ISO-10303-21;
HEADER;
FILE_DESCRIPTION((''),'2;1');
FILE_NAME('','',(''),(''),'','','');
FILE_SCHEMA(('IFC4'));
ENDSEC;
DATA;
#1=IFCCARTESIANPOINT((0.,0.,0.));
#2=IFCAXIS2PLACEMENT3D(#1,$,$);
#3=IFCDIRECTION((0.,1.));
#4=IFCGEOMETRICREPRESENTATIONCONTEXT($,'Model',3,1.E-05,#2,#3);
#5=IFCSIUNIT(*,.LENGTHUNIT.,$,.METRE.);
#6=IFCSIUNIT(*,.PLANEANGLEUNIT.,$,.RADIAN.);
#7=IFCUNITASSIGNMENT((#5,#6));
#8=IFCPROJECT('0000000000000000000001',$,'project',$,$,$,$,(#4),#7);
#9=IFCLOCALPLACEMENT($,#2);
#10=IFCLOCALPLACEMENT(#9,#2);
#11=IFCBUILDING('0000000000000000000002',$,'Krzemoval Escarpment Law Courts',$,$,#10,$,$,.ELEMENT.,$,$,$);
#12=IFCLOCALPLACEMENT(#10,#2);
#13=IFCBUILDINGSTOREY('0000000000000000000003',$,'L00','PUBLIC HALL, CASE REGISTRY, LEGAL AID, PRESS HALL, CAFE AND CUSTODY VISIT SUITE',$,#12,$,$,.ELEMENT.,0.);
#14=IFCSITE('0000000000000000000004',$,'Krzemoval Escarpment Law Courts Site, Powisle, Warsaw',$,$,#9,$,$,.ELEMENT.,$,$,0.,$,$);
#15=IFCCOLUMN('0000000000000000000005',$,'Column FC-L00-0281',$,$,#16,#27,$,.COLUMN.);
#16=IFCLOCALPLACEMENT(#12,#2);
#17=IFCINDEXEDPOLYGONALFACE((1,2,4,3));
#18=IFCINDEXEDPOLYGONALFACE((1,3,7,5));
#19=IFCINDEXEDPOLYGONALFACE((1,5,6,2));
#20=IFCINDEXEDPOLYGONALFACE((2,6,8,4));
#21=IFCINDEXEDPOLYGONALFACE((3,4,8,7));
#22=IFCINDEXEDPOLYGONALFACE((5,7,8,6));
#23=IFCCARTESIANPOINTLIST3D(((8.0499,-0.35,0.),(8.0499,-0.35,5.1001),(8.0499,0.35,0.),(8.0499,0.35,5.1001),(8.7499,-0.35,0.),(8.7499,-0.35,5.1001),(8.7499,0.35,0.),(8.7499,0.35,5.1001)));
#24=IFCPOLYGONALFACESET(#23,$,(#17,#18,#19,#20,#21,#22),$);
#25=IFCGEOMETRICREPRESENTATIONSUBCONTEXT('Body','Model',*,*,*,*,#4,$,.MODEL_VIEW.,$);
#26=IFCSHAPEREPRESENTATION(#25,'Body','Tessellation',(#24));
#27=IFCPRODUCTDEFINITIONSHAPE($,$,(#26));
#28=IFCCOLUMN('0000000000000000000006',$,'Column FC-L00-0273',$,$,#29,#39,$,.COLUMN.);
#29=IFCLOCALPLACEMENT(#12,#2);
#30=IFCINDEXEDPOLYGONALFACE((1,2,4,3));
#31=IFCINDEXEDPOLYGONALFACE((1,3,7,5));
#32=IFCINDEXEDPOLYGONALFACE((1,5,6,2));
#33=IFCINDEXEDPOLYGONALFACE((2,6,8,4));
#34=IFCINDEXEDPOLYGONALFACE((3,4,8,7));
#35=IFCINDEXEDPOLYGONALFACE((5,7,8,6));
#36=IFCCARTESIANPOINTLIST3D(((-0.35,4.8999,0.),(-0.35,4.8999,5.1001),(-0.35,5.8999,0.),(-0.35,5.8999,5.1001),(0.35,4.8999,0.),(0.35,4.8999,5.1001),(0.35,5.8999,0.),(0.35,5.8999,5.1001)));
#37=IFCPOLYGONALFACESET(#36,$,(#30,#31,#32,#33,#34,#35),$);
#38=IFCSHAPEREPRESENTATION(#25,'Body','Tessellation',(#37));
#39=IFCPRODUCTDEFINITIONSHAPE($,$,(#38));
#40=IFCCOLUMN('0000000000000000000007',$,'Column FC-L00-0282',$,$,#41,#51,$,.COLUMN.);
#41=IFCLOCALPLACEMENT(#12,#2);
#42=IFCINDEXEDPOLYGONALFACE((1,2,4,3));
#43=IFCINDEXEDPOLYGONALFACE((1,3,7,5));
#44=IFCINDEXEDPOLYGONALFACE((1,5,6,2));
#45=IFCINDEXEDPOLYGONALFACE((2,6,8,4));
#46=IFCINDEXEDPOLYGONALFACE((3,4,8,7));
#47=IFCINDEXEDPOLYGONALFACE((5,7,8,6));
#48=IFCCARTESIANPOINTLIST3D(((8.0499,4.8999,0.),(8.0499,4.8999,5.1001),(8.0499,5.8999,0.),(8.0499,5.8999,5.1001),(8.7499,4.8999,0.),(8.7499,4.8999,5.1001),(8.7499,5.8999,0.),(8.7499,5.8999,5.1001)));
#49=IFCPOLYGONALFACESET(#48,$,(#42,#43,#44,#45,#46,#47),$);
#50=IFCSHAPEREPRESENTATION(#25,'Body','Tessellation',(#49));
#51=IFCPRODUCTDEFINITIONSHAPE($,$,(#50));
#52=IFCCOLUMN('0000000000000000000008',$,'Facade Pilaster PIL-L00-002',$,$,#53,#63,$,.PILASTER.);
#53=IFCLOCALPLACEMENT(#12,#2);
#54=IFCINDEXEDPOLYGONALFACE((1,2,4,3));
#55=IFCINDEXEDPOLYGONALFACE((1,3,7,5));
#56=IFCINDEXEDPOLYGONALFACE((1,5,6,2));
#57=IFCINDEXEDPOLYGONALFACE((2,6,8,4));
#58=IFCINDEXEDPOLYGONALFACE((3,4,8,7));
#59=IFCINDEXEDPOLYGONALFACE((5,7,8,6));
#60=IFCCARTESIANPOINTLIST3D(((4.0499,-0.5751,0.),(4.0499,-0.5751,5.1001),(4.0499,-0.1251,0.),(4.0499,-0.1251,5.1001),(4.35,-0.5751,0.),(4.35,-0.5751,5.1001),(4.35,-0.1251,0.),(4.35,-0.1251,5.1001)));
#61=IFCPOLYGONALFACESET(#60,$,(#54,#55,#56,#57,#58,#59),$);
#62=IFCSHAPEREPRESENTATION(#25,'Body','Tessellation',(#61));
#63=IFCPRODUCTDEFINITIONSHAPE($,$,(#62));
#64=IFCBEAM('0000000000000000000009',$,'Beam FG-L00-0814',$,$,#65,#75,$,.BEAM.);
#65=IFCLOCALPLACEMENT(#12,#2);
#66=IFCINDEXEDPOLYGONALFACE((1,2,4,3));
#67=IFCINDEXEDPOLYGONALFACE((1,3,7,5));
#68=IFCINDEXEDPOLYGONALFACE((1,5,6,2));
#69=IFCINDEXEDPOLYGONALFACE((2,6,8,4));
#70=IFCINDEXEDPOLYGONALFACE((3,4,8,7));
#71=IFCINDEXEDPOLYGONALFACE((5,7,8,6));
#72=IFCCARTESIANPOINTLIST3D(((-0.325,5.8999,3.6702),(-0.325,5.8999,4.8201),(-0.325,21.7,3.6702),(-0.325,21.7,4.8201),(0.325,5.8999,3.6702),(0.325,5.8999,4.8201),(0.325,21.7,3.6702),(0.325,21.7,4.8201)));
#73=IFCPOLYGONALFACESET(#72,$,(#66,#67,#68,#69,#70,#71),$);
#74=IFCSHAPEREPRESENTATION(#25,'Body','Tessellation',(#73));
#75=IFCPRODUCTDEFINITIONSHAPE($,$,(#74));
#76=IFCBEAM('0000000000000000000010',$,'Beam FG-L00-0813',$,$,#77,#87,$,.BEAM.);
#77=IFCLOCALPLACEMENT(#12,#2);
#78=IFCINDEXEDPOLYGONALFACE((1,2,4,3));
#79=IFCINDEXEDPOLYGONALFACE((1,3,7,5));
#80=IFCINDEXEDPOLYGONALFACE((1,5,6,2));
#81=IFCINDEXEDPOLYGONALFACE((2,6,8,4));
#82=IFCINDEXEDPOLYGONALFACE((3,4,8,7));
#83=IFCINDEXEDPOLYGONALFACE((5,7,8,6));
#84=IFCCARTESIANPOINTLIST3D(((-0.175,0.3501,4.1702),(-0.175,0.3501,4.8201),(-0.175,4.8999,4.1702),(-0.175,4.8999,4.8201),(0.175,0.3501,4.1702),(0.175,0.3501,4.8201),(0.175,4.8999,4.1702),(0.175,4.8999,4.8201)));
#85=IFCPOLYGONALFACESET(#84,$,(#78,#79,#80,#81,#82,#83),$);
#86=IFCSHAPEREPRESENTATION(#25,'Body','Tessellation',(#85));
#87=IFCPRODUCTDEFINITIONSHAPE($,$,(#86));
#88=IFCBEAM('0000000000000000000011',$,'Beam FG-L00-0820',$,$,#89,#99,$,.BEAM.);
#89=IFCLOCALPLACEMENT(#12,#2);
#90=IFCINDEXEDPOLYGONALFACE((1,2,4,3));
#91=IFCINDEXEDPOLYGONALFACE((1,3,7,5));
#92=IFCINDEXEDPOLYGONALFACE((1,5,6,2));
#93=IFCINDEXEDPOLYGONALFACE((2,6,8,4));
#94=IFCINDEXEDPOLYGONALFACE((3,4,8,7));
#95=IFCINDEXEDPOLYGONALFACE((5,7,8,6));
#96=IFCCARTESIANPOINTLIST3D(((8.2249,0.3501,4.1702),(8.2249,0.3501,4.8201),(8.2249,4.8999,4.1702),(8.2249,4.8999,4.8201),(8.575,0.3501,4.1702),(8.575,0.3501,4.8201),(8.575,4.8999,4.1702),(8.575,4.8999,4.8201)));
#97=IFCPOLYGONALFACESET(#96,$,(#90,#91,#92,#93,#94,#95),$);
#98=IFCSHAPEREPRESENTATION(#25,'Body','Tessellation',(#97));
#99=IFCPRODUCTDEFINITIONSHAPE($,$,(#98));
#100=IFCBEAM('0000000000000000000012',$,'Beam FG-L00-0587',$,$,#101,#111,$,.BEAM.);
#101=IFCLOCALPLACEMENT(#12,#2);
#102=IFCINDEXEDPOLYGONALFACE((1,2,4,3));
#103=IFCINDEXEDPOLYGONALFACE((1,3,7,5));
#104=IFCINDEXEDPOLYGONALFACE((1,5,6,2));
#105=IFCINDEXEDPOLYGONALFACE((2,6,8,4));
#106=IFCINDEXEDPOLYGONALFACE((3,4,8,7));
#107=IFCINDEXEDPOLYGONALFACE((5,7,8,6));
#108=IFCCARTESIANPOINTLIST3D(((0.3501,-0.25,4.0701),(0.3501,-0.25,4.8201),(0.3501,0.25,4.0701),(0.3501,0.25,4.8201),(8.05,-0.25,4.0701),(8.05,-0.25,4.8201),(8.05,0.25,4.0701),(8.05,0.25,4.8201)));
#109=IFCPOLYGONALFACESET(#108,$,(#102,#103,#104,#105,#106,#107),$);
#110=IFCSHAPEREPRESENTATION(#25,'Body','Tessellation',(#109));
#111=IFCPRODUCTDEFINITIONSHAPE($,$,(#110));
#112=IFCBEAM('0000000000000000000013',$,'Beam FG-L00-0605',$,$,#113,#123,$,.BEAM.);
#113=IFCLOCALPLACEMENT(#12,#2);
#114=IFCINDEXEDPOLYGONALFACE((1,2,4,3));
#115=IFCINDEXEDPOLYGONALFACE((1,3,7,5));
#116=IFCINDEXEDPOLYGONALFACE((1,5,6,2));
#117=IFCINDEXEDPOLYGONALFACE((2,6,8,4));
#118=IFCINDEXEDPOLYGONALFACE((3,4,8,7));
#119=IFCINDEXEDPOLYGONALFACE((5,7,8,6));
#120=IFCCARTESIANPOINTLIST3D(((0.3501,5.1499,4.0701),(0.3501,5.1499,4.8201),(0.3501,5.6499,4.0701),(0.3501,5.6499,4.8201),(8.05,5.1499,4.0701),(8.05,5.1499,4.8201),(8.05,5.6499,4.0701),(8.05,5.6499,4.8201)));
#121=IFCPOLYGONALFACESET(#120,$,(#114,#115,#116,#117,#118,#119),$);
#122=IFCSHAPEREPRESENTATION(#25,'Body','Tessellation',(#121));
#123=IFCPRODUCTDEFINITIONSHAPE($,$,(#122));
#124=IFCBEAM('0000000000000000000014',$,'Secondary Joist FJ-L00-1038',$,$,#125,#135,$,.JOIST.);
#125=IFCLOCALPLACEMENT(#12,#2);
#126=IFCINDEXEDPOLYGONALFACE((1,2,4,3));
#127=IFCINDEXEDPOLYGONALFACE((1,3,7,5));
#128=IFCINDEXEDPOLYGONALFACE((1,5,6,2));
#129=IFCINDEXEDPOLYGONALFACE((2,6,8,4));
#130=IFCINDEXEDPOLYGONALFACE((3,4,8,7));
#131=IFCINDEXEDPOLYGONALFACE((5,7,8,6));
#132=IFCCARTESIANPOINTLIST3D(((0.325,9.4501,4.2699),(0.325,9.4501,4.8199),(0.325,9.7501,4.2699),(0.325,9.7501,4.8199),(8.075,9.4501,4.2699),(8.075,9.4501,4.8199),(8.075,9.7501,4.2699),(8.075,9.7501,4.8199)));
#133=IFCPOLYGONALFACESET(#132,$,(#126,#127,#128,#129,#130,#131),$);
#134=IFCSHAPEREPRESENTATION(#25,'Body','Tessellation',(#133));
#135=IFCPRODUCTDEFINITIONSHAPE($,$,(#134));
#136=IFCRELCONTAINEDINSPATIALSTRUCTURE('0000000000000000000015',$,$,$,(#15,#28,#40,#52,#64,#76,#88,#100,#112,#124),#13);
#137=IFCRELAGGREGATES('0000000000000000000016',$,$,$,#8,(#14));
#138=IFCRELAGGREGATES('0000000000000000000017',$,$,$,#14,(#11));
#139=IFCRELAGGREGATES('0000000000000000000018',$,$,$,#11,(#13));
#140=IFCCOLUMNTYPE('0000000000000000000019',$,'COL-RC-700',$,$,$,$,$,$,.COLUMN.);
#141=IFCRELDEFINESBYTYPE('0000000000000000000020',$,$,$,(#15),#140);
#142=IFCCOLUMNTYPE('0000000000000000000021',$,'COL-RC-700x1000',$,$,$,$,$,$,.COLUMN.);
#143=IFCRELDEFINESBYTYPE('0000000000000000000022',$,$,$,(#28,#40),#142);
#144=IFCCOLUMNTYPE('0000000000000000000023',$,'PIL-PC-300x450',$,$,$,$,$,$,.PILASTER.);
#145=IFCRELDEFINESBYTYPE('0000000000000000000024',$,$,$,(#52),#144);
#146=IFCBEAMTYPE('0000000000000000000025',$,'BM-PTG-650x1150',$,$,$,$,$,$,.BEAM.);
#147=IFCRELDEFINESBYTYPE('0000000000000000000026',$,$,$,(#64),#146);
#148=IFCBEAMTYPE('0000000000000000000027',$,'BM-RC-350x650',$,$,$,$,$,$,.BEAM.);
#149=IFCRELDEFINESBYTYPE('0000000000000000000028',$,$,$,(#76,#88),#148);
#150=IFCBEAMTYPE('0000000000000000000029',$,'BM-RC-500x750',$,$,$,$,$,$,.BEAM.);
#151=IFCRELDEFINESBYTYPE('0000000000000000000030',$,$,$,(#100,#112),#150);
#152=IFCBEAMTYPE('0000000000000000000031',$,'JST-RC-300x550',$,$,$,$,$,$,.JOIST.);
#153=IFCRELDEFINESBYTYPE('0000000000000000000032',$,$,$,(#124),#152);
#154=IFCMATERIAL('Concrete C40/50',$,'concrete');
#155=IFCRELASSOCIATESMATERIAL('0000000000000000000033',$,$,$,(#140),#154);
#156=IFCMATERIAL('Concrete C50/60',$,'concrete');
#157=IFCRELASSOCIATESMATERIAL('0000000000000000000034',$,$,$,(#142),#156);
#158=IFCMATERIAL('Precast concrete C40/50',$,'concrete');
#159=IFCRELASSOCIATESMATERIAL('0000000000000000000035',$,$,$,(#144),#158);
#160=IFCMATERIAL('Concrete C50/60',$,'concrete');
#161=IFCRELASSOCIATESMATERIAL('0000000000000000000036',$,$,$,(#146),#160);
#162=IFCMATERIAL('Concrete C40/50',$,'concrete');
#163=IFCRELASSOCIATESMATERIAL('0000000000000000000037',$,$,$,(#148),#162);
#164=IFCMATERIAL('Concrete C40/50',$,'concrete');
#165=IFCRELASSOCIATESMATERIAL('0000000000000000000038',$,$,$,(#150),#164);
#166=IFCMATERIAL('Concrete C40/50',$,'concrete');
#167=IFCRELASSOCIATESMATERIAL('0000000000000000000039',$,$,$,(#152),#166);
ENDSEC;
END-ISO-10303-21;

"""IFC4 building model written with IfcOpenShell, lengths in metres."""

from ifc_helpers import new_model, si_unit, direction, frame, origin, origin_2d, place, context, subcontext, project, spatial, rectangle, extrude, material, material_profile, profile_set, type_object, element, save


model = new_model("IFC4")

# Units and contexts
model_context = context("Model", 3, precision=1e-05, world=origin(), true_north=direction((0.0, 1.0)))
body_context = subcontext(model_context, "Body", "Model", "MODEL_VIEW")
ifc_project = project(units=[si_unit("LENGTHUNIT", "METRE"), si_unit("PLANEANGLEUNIT", "RADIAN")], contexts=[model_context])

# Site, building, storey
site_placement = place(None, origin())
site = spatial("IfcSite", under=ifc_project, at=site_placement, Name="Krzemoval Escarpment Law Courts Site, Powisle, Warsaw", CompositionType="ELEMENT", RefElevation=0.0)
building_placement = place(site_placement, origin())
building = spatial("IfcBuilding", under=site, at=building_placement, Name="Krzemoval Escarpment Law Courts", CompositionType="ELEMENT")
storey_placement = place(building_placement, origin())
storey = spatial("IfcBuildingStorey", under=building, at=storey_placement, Name="L00", Description="PUBLIC HALL, CASE REGISTRY, LEGAL AID, PRESS HALL, CAFE AND CUSTODY VISIT SUITE", CompositionType="ELEMENT", Elevation=0.0)

# Columns
ifc_material_1 = material(Name="Concrete C40/50", Category="concrete")
ifc_material_profile_1 = material_profile(ifc_material_1, rectangle(XDim=0.7, YDim=0.7, at=origin_2d()), Name="RC 700x700")
ifc_profile_set_1 = profile_set([ifc_material_profile_1], Name="Concrete C40/50")
column_type_1 = type_object("IfcColumnType", Name="COL-RC-700", PredefinedType="COLUMN", material=ifc_profile_set_1)
column_1_placement = place(storey_placement, frame((8.3999, 0.0, 0.0), z_axis=(0.0, 0.0, 1.0), x_axis=(1.0, 0.0, 0.0)))
element("IfcColumn", 1, at=column_1_placement, inside=storey, type_object=column_type_1, Name="Column FC-L00-0281", PredefinedType="COLUMN", context=body_context, shape_type="SweptSolid", body=[
    extrude(rectangle(XDim=0.7, YDim=0.7, at=origin_2d()), origin(), (0.0, 0.0, 1.0), 5.1001),
])
ifc_material_2 = material(Name="Concrete C50/60", Category="concrete")
ifc_material_profile_2 = material_profile(ifc_material_2, rectangle(XDim=0.7, YDim=1.0, at=origin_2d()), Name="RC 700x1000")
ifc_profile_set_2 = profile_set([ifc_material_profile_2], Name="Concrete C50/60")
column_type_2 = type_object("IfcColumnType", Name="COL-RC-700x1000", PredefinedType="COLUMN", material=ifc_profile_set_2)
for number, where, z_axis, x_axis, name in (
    (2, (0.0, 5.3999, 0.0), (0.0, 0.0, 1.0), (1.0, 0.0, 0.0), "Column FC-L00-0273"),
    (3, (8.3999, 5.3999, 0.0), (0.0, 0.0, 1.0), (1.0, 0.0, 0.0), "Column FC-L00-0282"),
):
    element("IfcColumn", number, at=place(storey_placement, frame(where, z_axis=z_axis, x_axis=x_axis)), inside=storey, type_object=column_type_2, Name=name, PredefinedType="COLUMN", context=body_context, shape_type="SweptSolid", body=[
        extrude(rectangle(XDim=0.7, YDim=1.0, at=origin_2d()), origin(), (0.0, 0.0, 1.0), 5.1001),
    ])
ifc_material_3 = material(Name="Precast concrete C40/50", Category="concrete")
ifc_material_profile_3 = material_profile(ifc_material_3, rectangle(XDim=0.3, YDim=0.45, at=origin_2d()), Name="PIL 300x450")
ifc_profile_set_3 = profile_set([ifc_material_profile_3], Name="Precast concrete C40/50")
column_type_3 = type_object("IfcColumnType", Name="PIL-PC-300x450", PredefinedType="PILASTER", material=ifc_profile_set_3)
column_2_placement = place(storey_placement, frame((4.2, -0.3501, 0.0), z_axis=(0.0, 0.0, 1.0), x_axis=(1.0, 0.0, 0.0)))
element("IfcColumn", 4, at=column_2_placement, inside=storey, type_object=column_type_3, Name="Facade Pilaster PIL-L00-002", PredefinedType="PILASTER", context=body_context, shape_type="SweptSolid", body=[
    extrude(rectangle(XDim=0.3, YDim=0.45, at=origin_2d()), origin(), (0.0, 0.0, 1.0), 5.1001),
])

# Beams
ifc_material_4 = material(Name="Concrete C50/60", Category="concrete")
ifc_material_profile_4 = material_profile(ifc_material_4, rectangle(XDim=0.6499, YDim=1.1499, at=origin_2d()), Name="PTG 650x1150")
ifc_profile_set_4 = profile_set([ifc_material_profile_4], Name="Concrete C50/60")
beam_type_1 = type_object("IfcBeamType", Name="BM-PTG-650x1150", PredefinedType="BEAM", material=ifc_profile_set_4)
beam_1_placement = place(storey_placement, frame((0.0, 5.8999, 4.2451), z_axis=(0.0, 1.0, 0.0), x_axis=(-1.0, 0.0, 0.0)))
element("IfcBeam", 5, at=beam_1_placement, inside=storey, type_object=beam_type_1, Name="Beam FG-L00-0814", PredefinedType="BEAM", context=body_context, shape_type="SweptSolid", body=[
    extrude(rectangle(XDim=0.6499, YDim=1.1499, at=origin_2d()), origin(), (0.0, 0.0, 1.0), 15.8),
])
ifc_material_5 = material(Name="Concrete C40/50", Category="concrete")
ifc_material_profile_5 = material_profile(ifc_material_5, rectangle(XDim=0.3501, YDim=0.6499, at=origin_2d()), Name="RCB 350x650")
ifc_profile_set_5 = profile_set([ifc_material_profile_5], Name="Concrete C40/50")
beam_type_2 = type_object("IfcBeamType", Name="BM-RC-350x650", PredefinedType="BEAM", material=ifc_profile_set_5)
for number, where, z_axis, x_axis, name in (
    (6, (0.0, 0.3501, 4.4951), (0.0, 1.0, 0.0), (-1.0, 0.0, 0.0), "Beam FG-L00-0813"),
    (7, (8.3999, 0.3501, 4.4951), (0.0, 1.0, 0.0), (-1.0, 0.0, 0.0), "Beam FG-L00-0820"),
):
    element("IfcBeam", number, at=place(storey_placement, frame(where, z_axis=z_axis, x_axis=x_axis)), inside=storey, type_object=beam_type_2, Name=name, PredefinedType="BEAM", context=body_context, shape_type="SweptSolid", body=[
        extrude(rectangle(XDim=0.3501, YDim=0.6499, at=origin_2d()), origin(), (0.0, 0.0, 1.0), 4.5498),
    ])
ifc_material_6 = material(Name="Concrete C40/50", Category="concrete")
ifc_material_profile_6 = material_profile(ifc_material_6, rectangle(XDim=0.5, YDim=0.75, at=origin_2d()), Name="RCB 500x750")
ifc_profile_set_6 = profile_set([ifc_material_profile_6], Name="Concrete C40/50")
beam_type_3 = type_object("IfcBeamType", Name="BM-RC-500x750", PredefinedType="BEAM", material=ifc_profile_set_6)
for number, where, z_axis, x_axis, name in (
    (8, (0.3501, 0.0, 4.4451), (1.0, 0.0, 0.0), (0.0, 1.0, 0.0), "Beam FG-L00-0587"),
    (9, (0.3501, 5.3999, 4.4451), (1.0, 0.0, 0.0), (0.0, 1.0, 0.0), "Beam FG-L00-0605"),
):
    element("IfcBeam", number, at=place(storey_placement, frame(where, z_axis=z_axis, x_axis=x_axis)), inside=storey, type_object=beam_type_3, Name=name, PredefinedType="BEAM", context=body_context, shape_type="SweptSolid", body=[
        extrude(rectangle(XDim=0.5, YDim=0.75, at=origin_2d()), origin(), (0.0, 0.0, 1.0), 7.7),
    ])
ifc_material_7 = material(Name="Concrete C40/50", Category="concrete")
ifc_material_profile_7 = material_profile(ifc_material_7, rectangle(XDim=0.3, YDim=0.55, at=origin_2d()), Name="RCB 300x550")
ifc_profile_set_7 = profile_set([ifc_material_profile_7], Name="Concrete C40/50")
beam_type_4 = type_object("IfcBeamType", Name="JST-RC-300x550", PredefinedType="JOIST", material=ifc_profile_set_7)
beam_2_placement = place(storey_placement, frame((0.325, 9.6001, 4.5449), z_axis=(1.0, 0.0, 0.0), x_axis=(0.0, 1.0, 0.0)))
element("IfcBeam", 10, at=beam_2_placement, inside=storey, type_object=beam_type_4, Name="Secondary Joist FJ-L00-1038", PredefinedType="JOIST", context=body_context, shape_type="SweptSolid", body=[
    extrude(rectangle(XDim=0.3, YDim=0.55, at=origin_2d()), origin(), (0.0, 0.0, 1.0), 7.75),
])

save(model, "model.ifc")
